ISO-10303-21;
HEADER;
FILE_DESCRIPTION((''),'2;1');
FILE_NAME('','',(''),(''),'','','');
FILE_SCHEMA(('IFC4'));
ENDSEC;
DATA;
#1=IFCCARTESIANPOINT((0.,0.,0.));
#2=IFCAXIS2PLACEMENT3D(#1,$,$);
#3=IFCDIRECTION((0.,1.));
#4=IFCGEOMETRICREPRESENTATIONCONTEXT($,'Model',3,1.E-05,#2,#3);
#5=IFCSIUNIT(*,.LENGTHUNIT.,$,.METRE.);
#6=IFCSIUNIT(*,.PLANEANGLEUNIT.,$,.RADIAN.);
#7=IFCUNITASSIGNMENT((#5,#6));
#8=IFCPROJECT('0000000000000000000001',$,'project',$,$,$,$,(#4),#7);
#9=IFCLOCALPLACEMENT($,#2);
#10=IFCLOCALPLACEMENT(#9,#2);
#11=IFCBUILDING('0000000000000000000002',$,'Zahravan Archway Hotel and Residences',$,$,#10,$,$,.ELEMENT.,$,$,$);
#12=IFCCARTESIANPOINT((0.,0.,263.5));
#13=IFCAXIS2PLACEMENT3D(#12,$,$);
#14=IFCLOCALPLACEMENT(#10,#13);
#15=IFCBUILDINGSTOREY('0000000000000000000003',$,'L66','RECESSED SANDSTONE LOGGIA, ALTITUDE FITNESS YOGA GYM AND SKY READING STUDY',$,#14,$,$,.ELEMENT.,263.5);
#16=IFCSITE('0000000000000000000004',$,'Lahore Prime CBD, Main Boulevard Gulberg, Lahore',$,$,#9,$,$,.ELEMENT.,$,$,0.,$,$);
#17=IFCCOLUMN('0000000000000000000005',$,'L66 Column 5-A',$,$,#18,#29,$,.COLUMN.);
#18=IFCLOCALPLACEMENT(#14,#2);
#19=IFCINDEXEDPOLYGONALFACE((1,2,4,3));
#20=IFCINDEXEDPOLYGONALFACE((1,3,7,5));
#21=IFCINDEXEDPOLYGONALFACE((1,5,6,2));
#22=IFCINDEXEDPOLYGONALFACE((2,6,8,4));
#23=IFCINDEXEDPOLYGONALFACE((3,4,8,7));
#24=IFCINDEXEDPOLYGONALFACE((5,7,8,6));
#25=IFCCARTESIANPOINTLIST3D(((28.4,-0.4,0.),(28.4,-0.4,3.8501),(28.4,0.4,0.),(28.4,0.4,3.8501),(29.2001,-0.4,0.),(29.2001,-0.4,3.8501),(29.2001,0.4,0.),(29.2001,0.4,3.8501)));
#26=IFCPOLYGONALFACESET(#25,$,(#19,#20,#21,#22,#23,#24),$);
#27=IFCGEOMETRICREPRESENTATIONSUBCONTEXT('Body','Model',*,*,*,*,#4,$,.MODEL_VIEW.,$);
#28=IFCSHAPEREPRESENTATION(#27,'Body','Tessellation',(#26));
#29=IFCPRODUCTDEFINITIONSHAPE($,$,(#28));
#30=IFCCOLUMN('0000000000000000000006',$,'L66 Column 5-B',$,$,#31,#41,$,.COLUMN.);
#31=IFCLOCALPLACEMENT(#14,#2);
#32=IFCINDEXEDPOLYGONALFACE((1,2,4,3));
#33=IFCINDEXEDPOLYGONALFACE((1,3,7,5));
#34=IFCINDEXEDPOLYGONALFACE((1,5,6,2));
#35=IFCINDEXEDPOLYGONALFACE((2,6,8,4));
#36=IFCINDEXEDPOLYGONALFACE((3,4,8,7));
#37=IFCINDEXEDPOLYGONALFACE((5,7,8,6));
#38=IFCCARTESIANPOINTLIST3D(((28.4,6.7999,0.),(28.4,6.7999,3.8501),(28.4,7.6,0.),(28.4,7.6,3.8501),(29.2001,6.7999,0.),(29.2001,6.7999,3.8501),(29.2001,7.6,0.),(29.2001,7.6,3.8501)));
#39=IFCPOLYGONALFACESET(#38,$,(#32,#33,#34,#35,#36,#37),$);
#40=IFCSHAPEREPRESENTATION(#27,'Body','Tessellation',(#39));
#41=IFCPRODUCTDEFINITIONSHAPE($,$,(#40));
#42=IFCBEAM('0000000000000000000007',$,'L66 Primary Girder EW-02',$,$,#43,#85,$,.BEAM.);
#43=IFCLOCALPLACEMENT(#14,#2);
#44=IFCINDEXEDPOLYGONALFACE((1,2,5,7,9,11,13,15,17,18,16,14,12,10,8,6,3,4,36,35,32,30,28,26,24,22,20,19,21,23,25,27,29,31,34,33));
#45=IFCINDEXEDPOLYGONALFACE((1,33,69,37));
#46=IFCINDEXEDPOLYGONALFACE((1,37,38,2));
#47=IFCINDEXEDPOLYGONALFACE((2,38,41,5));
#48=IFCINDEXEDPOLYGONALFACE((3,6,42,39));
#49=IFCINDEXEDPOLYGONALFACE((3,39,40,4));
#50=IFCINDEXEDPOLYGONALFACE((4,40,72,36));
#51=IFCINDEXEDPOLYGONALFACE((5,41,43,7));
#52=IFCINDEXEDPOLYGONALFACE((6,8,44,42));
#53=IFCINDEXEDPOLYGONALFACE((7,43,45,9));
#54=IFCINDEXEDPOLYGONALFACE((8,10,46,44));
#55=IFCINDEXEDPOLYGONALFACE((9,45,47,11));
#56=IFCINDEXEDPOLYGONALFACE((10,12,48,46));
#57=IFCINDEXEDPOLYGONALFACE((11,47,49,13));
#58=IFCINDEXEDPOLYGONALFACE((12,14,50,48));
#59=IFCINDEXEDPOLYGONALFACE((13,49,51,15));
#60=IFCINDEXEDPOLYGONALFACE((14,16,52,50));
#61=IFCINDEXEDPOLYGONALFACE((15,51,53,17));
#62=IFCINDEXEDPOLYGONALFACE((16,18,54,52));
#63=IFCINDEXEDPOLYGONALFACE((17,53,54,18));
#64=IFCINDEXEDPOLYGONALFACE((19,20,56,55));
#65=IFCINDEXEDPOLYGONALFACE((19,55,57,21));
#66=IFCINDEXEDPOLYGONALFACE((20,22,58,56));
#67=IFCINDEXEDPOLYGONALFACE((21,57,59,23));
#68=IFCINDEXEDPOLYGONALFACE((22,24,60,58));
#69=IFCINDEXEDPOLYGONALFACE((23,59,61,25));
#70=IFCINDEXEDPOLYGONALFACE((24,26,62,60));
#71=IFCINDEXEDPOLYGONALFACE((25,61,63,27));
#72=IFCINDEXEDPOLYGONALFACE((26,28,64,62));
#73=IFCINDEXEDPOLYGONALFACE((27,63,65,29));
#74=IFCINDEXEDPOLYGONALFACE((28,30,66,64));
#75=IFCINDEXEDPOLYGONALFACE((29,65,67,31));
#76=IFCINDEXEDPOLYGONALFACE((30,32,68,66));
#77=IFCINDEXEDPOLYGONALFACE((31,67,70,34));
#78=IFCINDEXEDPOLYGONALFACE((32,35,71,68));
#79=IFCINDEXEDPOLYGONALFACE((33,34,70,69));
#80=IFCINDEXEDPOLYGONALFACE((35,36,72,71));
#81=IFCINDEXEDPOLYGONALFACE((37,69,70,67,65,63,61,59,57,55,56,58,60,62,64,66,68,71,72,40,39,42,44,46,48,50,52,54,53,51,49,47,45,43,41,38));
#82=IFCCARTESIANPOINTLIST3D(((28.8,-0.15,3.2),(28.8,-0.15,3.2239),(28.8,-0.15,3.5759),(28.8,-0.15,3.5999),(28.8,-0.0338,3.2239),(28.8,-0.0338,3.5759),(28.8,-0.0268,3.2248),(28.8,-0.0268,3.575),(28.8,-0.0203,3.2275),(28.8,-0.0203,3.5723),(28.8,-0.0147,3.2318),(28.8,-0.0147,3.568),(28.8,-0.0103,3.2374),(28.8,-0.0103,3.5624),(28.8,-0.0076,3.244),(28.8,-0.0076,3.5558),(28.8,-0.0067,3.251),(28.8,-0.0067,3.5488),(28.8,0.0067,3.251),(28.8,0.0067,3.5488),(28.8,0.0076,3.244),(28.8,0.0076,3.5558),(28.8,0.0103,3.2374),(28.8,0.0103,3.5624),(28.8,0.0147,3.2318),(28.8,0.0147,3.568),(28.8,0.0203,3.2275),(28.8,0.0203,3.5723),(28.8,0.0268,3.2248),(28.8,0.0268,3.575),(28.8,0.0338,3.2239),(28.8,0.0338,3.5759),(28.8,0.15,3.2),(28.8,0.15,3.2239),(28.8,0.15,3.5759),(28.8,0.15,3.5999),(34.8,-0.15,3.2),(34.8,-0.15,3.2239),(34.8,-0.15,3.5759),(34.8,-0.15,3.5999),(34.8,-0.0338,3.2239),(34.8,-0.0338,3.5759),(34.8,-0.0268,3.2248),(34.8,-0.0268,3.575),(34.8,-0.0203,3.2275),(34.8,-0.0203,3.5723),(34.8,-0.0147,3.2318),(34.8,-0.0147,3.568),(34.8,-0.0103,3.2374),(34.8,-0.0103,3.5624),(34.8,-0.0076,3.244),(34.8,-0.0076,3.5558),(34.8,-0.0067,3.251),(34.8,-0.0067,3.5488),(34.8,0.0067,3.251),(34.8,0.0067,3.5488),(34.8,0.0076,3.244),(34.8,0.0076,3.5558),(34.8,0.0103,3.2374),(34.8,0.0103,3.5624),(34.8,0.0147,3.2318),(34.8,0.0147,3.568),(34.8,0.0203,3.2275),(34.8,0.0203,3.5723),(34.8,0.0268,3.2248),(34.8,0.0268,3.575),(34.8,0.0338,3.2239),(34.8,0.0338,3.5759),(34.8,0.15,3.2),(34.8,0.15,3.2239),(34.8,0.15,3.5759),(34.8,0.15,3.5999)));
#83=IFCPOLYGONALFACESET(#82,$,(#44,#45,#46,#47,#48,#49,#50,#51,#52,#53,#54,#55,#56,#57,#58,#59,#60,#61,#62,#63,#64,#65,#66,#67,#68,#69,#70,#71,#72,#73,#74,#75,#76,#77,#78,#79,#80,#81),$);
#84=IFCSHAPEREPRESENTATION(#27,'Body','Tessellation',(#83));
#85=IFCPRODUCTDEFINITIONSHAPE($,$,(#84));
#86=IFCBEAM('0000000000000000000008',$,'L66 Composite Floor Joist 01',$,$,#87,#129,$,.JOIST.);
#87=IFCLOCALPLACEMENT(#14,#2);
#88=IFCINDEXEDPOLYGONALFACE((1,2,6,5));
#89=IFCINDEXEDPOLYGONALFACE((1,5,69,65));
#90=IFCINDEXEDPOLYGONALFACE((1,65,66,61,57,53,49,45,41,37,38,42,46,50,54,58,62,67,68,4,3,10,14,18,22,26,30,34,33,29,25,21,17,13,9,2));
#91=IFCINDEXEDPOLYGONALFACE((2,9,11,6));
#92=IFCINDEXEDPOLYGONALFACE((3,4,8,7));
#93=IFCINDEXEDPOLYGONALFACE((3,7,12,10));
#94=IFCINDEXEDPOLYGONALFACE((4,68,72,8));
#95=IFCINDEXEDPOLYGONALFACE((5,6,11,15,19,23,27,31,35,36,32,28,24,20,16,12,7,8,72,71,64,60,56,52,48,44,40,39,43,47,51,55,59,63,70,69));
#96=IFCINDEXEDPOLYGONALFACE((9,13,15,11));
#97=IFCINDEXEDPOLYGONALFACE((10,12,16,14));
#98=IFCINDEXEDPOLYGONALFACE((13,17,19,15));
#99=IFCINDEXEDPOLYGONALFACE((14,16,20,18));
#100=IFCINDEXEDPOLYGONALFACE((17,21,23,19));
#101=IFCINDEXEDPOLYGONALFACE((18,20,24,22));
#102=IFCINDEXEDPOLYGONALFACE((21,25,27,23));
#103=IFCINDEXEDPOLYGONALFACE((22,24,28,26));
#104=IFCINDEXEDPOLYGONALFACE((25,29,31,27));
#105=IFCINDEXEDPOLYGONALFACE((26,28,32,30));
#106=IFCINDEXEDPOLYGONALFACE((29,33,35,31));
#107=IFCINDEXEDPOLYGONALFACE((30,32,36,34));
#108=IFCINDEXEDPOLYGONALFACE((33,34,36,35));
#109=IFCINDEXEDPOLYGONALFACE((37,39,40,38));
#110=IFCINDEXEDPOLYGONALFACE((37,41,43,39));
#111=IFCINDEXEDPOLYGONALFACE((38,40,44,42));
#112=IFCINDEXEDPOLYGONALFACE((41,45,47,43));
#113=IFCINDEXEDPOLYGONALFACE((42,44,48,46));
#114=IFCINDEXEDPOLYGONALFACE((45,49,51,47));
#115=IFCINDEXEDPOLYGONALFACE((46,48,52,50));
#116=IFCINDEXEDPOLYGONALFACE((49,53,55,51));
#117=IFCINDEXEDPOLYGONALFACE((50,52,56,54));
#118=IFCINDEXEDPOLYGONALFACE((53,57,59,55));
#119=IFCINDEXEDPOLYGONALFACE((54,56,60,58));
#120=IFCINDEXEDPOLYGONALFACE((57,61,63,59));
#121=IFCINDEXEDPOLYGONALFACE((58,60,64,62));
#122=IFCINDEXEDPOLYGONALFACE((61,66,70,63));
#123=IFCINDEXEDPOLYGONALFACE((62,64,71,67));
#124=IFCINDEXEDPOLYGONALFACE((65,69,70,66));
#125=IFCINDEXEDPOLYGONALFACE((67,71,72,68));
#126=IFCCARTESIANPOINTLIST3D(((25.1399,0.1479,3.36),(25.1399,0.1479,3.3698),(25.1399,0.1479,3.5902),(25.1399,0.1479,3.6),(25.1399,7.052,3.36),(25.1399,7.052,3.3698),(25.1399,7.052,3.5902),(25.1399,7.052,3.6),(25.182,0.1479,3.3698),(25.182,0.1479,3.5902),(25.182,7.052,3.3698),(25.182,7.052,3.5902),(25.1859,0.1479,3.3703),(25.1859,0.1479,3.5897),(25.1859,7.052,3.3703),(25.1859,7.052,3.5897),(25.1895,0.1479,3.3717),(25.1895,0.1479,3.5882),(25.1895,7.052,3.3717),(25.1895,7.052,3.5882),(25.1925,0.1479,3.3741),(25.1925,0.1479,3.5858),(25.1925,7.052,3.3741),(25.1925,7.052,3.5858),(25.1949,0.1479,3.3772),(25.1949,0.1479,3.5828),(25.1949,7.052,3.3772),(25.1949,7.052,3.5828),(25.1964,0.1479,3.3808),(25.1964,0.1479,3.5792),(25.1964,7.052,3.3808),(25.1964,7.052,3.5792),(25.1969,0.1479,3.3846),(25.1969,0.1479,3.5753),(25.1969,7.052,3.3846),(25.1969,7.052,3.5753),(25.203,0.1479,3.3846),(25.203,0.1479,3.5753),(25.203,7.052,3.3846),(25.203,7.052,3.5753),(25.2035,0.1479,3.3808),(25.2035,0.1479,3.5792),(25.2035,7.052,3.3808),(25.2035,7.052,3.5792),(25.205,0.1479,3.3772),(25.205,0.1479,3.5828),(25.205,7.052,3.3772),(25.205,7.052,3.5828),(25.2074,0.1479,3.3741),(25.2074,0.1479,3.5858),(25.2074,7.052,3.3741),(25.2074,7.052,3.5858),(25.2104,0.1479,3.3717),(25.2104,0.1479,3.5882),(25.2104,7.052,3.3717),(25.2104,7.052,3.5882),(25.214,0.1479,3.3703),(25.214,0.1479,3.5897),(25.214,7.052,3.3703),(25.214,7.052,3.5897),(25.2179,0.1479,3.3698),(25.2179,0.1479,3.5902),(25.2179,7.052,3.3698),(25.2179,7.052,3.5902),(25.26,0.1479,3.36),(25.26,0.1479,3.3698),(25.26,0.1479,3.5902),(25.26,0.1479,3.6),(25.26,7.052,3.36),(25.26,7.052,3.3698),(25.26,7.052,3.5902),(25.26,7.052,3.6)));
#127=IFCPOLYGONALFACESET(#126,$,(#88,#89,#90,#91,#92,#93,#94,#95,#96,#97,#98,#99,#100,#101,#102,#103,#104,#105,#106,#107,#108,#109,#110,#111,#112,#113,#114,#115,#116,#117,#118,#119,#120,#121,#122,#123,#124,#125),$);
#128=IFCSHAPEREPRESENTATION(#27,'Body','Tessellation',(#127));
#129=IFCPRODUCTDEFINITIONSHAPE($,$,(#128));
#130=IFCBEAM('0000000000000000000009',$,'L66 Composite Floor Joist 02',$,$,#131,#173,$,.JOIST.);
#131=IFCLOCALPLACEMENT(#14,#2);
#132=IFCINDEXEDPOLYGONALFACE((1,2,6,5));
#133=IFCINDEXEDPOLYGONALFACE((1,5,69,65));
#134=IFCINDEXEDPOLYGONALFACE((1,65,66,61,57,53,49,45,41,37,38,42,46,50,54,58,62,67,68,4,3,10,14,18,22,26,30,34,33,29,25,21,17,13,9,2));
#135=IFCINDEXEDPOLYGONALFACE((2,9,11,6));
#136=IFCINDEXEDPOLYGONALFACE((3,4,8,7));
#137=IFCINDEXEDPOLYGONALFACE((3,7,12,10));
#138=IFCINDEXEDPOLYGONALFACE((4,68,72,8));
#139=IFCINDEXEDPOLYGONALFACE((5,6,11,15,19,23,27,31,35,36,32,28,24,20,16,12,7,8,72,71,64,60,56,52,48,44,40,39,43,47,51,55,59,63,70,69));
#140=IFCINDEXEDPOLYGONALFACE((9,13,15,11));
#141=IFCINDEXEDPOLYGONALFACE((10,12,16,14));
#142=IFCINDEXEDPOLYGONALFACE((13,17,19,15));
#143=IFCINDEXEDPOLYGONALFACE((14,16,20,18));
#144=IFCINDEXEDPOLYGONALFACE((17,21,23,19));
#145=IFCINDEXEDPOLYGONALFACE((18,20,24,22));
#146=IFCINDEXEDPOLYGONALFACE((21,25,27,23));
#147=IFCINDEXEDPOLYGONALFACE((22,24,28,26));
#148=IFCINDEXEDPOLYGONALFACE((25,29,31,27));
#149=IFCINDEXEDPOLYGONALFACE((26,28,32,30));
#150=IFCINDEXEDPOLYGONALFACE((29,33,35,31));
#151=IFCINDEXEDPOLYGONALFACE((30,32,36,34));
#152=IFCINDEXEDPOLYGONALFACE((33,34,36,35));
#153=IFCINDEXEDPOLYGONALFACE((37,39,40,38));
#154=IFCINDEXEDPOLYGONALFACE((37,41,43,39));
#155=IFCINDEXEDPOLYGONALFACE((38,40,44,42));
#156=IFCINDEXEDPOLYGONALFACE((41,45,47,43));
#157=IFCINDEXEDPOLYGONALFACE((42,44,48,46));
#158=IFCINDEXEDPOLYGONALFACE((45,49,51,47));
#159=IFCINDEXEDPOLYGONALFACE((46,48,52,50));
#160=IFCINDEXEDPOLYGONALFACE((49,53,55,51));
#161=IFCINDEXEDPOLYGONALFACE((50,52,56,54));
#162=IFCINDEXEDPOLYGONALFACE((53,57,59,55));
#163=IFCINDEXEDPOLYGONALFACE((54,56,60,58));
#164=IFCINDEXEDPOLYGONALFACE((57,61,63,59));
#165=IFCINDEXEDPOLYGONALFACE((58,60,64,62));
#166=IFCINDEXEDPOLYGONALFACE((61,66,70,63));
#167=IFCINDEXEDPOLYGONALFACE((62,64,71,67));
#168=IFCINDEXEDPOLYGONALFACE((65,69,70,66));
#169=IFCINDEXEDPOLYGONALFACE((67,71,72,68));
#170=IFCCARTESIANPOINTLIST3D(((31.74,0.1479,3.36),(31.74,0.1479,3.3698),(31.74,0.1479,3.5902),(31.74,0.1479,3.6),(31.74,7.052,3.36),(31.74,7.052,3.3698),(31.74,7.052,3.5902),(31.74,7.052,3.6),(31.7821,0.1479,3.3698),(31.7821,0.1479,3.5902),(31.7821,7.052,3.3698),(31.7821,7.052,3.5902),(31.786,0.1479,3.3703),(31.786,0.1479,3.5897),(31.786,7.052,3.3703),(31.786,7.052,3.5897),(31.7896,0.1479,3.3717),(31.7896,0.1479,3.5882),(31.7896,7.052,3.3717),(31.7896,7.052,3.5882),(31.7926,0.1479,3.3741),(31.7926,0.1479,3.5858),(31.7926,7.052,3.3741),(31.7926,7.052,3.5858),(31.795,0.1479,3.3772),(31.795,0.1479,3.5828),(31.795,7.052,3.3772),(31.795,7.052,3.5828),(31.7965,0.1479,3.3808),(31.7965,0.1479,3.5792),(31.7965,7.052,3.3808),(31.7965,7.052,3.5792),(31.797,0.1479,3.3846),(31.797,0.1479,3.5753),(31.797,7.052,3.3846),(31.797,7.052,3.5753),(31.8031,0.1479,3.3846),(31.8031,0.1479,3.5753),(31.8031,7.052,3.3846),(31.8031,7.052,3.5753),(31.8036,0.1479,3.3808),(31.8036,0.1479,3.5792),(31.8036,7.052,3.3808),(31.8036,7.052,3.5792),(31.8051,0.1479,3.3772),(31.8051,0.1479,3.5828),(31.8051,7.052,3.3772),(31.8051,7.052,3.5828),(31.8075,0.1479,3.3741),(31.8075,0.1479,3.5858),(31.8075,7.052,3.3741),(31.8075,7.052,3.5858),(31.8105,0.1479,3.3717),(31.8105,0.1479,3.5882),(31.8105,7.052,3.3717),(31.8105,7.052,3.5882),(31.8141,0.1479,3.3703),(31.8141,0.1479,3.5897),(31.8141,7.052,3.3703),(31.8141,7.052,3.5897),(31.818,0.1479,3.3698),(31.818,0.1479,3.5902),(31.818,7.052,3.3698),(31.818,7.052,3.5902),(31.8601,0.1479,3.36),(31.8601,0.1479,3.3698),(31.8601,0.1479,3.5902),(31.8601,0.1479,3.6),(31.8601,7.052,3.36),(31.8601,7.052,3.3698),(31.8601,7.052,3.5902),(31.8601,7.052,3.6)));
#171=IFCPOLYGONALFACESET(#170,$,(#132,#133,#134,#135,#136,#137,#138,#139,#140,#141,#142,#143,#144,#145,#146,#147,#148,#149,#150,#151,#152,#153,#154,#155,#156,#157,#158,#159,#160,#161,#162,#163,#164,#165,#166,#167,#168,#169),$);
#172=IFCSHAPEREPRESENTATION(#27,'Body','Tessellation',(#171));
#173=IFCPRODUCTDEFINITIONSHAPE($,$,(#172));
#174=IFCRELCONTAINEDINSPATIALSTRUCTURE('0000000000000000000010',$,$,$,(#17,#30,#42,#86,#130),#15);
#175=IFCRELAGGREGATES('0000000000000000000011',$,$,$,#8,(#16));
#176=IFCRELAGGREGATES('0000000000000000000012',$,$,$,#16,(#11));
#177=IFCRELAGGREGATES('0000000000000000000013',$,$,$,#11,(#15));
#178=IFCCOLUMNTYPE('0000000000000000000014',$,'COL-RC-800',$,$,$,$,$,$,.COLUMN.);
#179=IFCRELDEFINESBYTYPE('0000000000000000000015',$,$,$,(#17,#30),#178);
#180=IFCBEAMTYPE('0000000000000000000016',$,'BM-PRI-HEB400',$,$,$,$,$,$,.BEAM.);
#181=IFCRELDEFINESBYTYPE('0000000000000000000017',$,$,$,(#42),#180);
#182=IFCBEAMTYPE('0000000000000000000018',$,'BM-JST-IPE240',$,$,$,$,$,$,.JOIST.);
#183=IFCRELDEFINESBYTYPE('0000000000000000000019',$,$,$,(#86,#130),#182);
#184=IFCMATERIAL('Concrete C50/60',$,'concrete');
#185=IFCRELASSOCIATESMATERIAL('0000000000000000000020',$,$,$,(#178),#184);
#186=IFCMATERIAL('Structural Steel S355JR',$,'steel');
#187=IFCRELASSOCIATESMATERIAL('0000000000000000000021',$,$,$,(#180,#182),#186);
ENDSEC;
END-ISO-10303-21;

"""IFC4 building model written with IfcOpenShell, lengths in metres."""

from ifc_helpers import new_model, si_unit, direction, frame, origin, origin_2d, place, context, subcontext, project, spatial, rectangle, i_section, extrude, source, transform, mapped, material, material_profile, profile_set, type_object, type_shapes, element, save


model = new_model("IFC4")

# Units and contexts
model_context = context("Model", 3, precision=1e-05, world=origin(), true_north=direction((0.0, 1.0)))
body_context = subcontext(model_context, "Body", "Model", "MODEL_VIEW")
ifc_project = project(units=[si_unit("LENGTHUNIT", "METRE"), si_unit("PLANEANGLEUNIT", "RADIAN")], contexts=[model_context])

# Site, building, storey
site_placement = place(None, origin())
site = spatial("IfcSite", under=ifc_project, at=site_placement, Name="Lahore Prime CBD, Main Boulevard Gulberg, Lahore", CompositionType="ELEMENT", RefElevation=0.0)
building_placement = place(site_placement, origin())
building = spatial("IfcBuilding", under=site, at=building_placement, Name="Zahravan Archway Hotel and Residences", CompositionType="ELEMENT")
storey_placement = place(building_placement, frame((0.0, 0.0, 263.5)))
storey = spatial("IfcBuildingStorey", under=building, at=storey_placement, Name="L66", Description="RECESSED SANDSTONE LOGGIA, ALTITUDE FITNESS YOGA GYM AND SKY READING STUDY", CompositionType="ELEMENT", Elevation=263.5)

# Columns
ifc_material_1 = material(Name="Concrete C50/60", Category="concrete")
ifc_material_profile_1 = material_profile(ifc_material_1, rectangle(XDim=0.8, YDim=0.8, at=origin_2d()), Name="RC-COL-800x800", Category="concrete")
ifc_profile_set_1 = profile_set([ifc_material_profile_1], Name="Concrete C50/60")
column_type = type_object("IfcColumnType", Name="COL-RC-800", PredefinedType="COLUMN", material=ifc_profile_set_1)
shared_shape_1 = source(origin(), body_context, "Body", "SweptSolid", [
    extrude(rectangle(XDim=0.8, YDim=0.8, at=origin_2d()), origin(), (0.0, 0.0, 1.0), 3.8501),
])
for number, where, z_axis, x_axis, name in (
    (1, (28.8, 0.0, 0.0), (0.0, 0.0, 1.0), (1.0, 0.0, 0.0), "L66 Column 5-A"),
    (2, (28.8, 7.2, 0.0), (0.0, 0.0, 1.0), (1.0, 0.0, 0.0), "L66 Column 5-B"),
):
    element("IfcColumn", number, at=place(storey_placement, frame(where, z_axis=z_axis, x_axis=x_axis)), inside=storey, type_object=column_type, Name=name, PredefinedType="COLUMN", context=body_context, shape_type="MappedRepresentation", body=[
        mapped(shared_shape_1, transform((0.0, 0.0, 0.0), scale=1.0)),
    ])

# Beams
ifc_material_2 = material(Name="Structural Steel S355JR", Category="steel")
ifc_material_profile_2 = material_profile(ifc_material_2, i_section(OverallWidth=0.3, OverallDepth=0.3999, WebThickness=0.0134, FlangeThickness=0.0239, FilletRadius=0.0271, at=origin_2d()), Name="HEB 400", Category="steel")
ifc_profile_set_2 = profile_set([ifc_material_profile_2], Name="Structural Steel S355JR")
beam_type_1 = type_object("IfcBeamType", Name="BM-PRI-HEB400", PredefinedType="BEAM", material=ifc_profile_set_2)
shared_shape_2 = source(origin(), body_context, "Body", "SweptSolid", [
    extrude(i_section(OverallWidth=0.3, OverallDepth=0.3999, WebThickness=0.0134, FlangeThickness=0.0239, FilletRadius=0.0271, at=origin_2d()), origin(), (0.0, 0.0, 1.0), 6.0),
])
beam_1_placement = place(storey_placement, frame((28.8, 0.0, 3.3999), z_axis=(1.0, 0.0, 0.0), x_axis=(0.0, 1.0, 0.0)))
element("IfcBeam", 3, at=beam_1_placement, inside=storey, type_object=beam_type_1, Name="L66 Primary Girder EW-02", PredefinedType="BEAM", context=body_context, shape_type="MappedRepresentation", body=[
    mapped(shared_shape_2, transform((0.0, 0.0, 0.0), scale=1.0)),
])
ifc_material_profile_3 = material_profile(ifc_material_2, i_section(OverallWidth=0.1201, OverallDepth=0.24, WebThickness=0.0061, FlangeThickness=0.0098, FilletRadius=0.0149, at=origin_2d()), Name="IPE 240", Category="steel")
ifc_profile_set_3 = profile_set([ifc_material_profile_3], Name="Structural Steel S355JR")
beam_type_2 = type_object("IfcBeamType", Name="BM-JST-IPE240", PredefinedType="JOIST", material=ifc_profile_set_3)
shared_shape_3 = source(origin(), body_context, "Body", "SweptSolid", [
    extrude(i_section(OverallWidth=0.1201, OverallDepth=0.24, WebThickness=0.0061, FlangeThickness=0.0098, FilletRadius=0.0149, at=origin_2d()), origin(), (0.0, 0.0, 1.0), 6.9041),
])
type_shapes(beam_type_2, [shared_shape_3])
for number, where, z_axis, x_axis, name in (
    (4, (25.2, 0.1479, 3.48), (0.0, 1.0, 0.0), (-1.0, 0.0, 0.0), "L66 Composite Floor Joist 01"),
    (5, (31.8, 0.1479, 3.48), (0.0, 1.0, 0.0), (-1.0, 0.0, 0.0), "L66 Composite Floor Joist 02"),
):
    element("IfcBeam", number, at=place(storey_placement, frame(where, z_axis=z_axis, x_axis=x_axis)), inside=storey, type_object=beam_type_2, Name=name, PredefinedType="JOIST", context=body_context, shape_type="MappedRepresentation", body=[
        mapped(shared_shape_3, transform((0.0, 0.0, 0.0), scale=1.0)),
    ])

save(model, "model.ifc")
